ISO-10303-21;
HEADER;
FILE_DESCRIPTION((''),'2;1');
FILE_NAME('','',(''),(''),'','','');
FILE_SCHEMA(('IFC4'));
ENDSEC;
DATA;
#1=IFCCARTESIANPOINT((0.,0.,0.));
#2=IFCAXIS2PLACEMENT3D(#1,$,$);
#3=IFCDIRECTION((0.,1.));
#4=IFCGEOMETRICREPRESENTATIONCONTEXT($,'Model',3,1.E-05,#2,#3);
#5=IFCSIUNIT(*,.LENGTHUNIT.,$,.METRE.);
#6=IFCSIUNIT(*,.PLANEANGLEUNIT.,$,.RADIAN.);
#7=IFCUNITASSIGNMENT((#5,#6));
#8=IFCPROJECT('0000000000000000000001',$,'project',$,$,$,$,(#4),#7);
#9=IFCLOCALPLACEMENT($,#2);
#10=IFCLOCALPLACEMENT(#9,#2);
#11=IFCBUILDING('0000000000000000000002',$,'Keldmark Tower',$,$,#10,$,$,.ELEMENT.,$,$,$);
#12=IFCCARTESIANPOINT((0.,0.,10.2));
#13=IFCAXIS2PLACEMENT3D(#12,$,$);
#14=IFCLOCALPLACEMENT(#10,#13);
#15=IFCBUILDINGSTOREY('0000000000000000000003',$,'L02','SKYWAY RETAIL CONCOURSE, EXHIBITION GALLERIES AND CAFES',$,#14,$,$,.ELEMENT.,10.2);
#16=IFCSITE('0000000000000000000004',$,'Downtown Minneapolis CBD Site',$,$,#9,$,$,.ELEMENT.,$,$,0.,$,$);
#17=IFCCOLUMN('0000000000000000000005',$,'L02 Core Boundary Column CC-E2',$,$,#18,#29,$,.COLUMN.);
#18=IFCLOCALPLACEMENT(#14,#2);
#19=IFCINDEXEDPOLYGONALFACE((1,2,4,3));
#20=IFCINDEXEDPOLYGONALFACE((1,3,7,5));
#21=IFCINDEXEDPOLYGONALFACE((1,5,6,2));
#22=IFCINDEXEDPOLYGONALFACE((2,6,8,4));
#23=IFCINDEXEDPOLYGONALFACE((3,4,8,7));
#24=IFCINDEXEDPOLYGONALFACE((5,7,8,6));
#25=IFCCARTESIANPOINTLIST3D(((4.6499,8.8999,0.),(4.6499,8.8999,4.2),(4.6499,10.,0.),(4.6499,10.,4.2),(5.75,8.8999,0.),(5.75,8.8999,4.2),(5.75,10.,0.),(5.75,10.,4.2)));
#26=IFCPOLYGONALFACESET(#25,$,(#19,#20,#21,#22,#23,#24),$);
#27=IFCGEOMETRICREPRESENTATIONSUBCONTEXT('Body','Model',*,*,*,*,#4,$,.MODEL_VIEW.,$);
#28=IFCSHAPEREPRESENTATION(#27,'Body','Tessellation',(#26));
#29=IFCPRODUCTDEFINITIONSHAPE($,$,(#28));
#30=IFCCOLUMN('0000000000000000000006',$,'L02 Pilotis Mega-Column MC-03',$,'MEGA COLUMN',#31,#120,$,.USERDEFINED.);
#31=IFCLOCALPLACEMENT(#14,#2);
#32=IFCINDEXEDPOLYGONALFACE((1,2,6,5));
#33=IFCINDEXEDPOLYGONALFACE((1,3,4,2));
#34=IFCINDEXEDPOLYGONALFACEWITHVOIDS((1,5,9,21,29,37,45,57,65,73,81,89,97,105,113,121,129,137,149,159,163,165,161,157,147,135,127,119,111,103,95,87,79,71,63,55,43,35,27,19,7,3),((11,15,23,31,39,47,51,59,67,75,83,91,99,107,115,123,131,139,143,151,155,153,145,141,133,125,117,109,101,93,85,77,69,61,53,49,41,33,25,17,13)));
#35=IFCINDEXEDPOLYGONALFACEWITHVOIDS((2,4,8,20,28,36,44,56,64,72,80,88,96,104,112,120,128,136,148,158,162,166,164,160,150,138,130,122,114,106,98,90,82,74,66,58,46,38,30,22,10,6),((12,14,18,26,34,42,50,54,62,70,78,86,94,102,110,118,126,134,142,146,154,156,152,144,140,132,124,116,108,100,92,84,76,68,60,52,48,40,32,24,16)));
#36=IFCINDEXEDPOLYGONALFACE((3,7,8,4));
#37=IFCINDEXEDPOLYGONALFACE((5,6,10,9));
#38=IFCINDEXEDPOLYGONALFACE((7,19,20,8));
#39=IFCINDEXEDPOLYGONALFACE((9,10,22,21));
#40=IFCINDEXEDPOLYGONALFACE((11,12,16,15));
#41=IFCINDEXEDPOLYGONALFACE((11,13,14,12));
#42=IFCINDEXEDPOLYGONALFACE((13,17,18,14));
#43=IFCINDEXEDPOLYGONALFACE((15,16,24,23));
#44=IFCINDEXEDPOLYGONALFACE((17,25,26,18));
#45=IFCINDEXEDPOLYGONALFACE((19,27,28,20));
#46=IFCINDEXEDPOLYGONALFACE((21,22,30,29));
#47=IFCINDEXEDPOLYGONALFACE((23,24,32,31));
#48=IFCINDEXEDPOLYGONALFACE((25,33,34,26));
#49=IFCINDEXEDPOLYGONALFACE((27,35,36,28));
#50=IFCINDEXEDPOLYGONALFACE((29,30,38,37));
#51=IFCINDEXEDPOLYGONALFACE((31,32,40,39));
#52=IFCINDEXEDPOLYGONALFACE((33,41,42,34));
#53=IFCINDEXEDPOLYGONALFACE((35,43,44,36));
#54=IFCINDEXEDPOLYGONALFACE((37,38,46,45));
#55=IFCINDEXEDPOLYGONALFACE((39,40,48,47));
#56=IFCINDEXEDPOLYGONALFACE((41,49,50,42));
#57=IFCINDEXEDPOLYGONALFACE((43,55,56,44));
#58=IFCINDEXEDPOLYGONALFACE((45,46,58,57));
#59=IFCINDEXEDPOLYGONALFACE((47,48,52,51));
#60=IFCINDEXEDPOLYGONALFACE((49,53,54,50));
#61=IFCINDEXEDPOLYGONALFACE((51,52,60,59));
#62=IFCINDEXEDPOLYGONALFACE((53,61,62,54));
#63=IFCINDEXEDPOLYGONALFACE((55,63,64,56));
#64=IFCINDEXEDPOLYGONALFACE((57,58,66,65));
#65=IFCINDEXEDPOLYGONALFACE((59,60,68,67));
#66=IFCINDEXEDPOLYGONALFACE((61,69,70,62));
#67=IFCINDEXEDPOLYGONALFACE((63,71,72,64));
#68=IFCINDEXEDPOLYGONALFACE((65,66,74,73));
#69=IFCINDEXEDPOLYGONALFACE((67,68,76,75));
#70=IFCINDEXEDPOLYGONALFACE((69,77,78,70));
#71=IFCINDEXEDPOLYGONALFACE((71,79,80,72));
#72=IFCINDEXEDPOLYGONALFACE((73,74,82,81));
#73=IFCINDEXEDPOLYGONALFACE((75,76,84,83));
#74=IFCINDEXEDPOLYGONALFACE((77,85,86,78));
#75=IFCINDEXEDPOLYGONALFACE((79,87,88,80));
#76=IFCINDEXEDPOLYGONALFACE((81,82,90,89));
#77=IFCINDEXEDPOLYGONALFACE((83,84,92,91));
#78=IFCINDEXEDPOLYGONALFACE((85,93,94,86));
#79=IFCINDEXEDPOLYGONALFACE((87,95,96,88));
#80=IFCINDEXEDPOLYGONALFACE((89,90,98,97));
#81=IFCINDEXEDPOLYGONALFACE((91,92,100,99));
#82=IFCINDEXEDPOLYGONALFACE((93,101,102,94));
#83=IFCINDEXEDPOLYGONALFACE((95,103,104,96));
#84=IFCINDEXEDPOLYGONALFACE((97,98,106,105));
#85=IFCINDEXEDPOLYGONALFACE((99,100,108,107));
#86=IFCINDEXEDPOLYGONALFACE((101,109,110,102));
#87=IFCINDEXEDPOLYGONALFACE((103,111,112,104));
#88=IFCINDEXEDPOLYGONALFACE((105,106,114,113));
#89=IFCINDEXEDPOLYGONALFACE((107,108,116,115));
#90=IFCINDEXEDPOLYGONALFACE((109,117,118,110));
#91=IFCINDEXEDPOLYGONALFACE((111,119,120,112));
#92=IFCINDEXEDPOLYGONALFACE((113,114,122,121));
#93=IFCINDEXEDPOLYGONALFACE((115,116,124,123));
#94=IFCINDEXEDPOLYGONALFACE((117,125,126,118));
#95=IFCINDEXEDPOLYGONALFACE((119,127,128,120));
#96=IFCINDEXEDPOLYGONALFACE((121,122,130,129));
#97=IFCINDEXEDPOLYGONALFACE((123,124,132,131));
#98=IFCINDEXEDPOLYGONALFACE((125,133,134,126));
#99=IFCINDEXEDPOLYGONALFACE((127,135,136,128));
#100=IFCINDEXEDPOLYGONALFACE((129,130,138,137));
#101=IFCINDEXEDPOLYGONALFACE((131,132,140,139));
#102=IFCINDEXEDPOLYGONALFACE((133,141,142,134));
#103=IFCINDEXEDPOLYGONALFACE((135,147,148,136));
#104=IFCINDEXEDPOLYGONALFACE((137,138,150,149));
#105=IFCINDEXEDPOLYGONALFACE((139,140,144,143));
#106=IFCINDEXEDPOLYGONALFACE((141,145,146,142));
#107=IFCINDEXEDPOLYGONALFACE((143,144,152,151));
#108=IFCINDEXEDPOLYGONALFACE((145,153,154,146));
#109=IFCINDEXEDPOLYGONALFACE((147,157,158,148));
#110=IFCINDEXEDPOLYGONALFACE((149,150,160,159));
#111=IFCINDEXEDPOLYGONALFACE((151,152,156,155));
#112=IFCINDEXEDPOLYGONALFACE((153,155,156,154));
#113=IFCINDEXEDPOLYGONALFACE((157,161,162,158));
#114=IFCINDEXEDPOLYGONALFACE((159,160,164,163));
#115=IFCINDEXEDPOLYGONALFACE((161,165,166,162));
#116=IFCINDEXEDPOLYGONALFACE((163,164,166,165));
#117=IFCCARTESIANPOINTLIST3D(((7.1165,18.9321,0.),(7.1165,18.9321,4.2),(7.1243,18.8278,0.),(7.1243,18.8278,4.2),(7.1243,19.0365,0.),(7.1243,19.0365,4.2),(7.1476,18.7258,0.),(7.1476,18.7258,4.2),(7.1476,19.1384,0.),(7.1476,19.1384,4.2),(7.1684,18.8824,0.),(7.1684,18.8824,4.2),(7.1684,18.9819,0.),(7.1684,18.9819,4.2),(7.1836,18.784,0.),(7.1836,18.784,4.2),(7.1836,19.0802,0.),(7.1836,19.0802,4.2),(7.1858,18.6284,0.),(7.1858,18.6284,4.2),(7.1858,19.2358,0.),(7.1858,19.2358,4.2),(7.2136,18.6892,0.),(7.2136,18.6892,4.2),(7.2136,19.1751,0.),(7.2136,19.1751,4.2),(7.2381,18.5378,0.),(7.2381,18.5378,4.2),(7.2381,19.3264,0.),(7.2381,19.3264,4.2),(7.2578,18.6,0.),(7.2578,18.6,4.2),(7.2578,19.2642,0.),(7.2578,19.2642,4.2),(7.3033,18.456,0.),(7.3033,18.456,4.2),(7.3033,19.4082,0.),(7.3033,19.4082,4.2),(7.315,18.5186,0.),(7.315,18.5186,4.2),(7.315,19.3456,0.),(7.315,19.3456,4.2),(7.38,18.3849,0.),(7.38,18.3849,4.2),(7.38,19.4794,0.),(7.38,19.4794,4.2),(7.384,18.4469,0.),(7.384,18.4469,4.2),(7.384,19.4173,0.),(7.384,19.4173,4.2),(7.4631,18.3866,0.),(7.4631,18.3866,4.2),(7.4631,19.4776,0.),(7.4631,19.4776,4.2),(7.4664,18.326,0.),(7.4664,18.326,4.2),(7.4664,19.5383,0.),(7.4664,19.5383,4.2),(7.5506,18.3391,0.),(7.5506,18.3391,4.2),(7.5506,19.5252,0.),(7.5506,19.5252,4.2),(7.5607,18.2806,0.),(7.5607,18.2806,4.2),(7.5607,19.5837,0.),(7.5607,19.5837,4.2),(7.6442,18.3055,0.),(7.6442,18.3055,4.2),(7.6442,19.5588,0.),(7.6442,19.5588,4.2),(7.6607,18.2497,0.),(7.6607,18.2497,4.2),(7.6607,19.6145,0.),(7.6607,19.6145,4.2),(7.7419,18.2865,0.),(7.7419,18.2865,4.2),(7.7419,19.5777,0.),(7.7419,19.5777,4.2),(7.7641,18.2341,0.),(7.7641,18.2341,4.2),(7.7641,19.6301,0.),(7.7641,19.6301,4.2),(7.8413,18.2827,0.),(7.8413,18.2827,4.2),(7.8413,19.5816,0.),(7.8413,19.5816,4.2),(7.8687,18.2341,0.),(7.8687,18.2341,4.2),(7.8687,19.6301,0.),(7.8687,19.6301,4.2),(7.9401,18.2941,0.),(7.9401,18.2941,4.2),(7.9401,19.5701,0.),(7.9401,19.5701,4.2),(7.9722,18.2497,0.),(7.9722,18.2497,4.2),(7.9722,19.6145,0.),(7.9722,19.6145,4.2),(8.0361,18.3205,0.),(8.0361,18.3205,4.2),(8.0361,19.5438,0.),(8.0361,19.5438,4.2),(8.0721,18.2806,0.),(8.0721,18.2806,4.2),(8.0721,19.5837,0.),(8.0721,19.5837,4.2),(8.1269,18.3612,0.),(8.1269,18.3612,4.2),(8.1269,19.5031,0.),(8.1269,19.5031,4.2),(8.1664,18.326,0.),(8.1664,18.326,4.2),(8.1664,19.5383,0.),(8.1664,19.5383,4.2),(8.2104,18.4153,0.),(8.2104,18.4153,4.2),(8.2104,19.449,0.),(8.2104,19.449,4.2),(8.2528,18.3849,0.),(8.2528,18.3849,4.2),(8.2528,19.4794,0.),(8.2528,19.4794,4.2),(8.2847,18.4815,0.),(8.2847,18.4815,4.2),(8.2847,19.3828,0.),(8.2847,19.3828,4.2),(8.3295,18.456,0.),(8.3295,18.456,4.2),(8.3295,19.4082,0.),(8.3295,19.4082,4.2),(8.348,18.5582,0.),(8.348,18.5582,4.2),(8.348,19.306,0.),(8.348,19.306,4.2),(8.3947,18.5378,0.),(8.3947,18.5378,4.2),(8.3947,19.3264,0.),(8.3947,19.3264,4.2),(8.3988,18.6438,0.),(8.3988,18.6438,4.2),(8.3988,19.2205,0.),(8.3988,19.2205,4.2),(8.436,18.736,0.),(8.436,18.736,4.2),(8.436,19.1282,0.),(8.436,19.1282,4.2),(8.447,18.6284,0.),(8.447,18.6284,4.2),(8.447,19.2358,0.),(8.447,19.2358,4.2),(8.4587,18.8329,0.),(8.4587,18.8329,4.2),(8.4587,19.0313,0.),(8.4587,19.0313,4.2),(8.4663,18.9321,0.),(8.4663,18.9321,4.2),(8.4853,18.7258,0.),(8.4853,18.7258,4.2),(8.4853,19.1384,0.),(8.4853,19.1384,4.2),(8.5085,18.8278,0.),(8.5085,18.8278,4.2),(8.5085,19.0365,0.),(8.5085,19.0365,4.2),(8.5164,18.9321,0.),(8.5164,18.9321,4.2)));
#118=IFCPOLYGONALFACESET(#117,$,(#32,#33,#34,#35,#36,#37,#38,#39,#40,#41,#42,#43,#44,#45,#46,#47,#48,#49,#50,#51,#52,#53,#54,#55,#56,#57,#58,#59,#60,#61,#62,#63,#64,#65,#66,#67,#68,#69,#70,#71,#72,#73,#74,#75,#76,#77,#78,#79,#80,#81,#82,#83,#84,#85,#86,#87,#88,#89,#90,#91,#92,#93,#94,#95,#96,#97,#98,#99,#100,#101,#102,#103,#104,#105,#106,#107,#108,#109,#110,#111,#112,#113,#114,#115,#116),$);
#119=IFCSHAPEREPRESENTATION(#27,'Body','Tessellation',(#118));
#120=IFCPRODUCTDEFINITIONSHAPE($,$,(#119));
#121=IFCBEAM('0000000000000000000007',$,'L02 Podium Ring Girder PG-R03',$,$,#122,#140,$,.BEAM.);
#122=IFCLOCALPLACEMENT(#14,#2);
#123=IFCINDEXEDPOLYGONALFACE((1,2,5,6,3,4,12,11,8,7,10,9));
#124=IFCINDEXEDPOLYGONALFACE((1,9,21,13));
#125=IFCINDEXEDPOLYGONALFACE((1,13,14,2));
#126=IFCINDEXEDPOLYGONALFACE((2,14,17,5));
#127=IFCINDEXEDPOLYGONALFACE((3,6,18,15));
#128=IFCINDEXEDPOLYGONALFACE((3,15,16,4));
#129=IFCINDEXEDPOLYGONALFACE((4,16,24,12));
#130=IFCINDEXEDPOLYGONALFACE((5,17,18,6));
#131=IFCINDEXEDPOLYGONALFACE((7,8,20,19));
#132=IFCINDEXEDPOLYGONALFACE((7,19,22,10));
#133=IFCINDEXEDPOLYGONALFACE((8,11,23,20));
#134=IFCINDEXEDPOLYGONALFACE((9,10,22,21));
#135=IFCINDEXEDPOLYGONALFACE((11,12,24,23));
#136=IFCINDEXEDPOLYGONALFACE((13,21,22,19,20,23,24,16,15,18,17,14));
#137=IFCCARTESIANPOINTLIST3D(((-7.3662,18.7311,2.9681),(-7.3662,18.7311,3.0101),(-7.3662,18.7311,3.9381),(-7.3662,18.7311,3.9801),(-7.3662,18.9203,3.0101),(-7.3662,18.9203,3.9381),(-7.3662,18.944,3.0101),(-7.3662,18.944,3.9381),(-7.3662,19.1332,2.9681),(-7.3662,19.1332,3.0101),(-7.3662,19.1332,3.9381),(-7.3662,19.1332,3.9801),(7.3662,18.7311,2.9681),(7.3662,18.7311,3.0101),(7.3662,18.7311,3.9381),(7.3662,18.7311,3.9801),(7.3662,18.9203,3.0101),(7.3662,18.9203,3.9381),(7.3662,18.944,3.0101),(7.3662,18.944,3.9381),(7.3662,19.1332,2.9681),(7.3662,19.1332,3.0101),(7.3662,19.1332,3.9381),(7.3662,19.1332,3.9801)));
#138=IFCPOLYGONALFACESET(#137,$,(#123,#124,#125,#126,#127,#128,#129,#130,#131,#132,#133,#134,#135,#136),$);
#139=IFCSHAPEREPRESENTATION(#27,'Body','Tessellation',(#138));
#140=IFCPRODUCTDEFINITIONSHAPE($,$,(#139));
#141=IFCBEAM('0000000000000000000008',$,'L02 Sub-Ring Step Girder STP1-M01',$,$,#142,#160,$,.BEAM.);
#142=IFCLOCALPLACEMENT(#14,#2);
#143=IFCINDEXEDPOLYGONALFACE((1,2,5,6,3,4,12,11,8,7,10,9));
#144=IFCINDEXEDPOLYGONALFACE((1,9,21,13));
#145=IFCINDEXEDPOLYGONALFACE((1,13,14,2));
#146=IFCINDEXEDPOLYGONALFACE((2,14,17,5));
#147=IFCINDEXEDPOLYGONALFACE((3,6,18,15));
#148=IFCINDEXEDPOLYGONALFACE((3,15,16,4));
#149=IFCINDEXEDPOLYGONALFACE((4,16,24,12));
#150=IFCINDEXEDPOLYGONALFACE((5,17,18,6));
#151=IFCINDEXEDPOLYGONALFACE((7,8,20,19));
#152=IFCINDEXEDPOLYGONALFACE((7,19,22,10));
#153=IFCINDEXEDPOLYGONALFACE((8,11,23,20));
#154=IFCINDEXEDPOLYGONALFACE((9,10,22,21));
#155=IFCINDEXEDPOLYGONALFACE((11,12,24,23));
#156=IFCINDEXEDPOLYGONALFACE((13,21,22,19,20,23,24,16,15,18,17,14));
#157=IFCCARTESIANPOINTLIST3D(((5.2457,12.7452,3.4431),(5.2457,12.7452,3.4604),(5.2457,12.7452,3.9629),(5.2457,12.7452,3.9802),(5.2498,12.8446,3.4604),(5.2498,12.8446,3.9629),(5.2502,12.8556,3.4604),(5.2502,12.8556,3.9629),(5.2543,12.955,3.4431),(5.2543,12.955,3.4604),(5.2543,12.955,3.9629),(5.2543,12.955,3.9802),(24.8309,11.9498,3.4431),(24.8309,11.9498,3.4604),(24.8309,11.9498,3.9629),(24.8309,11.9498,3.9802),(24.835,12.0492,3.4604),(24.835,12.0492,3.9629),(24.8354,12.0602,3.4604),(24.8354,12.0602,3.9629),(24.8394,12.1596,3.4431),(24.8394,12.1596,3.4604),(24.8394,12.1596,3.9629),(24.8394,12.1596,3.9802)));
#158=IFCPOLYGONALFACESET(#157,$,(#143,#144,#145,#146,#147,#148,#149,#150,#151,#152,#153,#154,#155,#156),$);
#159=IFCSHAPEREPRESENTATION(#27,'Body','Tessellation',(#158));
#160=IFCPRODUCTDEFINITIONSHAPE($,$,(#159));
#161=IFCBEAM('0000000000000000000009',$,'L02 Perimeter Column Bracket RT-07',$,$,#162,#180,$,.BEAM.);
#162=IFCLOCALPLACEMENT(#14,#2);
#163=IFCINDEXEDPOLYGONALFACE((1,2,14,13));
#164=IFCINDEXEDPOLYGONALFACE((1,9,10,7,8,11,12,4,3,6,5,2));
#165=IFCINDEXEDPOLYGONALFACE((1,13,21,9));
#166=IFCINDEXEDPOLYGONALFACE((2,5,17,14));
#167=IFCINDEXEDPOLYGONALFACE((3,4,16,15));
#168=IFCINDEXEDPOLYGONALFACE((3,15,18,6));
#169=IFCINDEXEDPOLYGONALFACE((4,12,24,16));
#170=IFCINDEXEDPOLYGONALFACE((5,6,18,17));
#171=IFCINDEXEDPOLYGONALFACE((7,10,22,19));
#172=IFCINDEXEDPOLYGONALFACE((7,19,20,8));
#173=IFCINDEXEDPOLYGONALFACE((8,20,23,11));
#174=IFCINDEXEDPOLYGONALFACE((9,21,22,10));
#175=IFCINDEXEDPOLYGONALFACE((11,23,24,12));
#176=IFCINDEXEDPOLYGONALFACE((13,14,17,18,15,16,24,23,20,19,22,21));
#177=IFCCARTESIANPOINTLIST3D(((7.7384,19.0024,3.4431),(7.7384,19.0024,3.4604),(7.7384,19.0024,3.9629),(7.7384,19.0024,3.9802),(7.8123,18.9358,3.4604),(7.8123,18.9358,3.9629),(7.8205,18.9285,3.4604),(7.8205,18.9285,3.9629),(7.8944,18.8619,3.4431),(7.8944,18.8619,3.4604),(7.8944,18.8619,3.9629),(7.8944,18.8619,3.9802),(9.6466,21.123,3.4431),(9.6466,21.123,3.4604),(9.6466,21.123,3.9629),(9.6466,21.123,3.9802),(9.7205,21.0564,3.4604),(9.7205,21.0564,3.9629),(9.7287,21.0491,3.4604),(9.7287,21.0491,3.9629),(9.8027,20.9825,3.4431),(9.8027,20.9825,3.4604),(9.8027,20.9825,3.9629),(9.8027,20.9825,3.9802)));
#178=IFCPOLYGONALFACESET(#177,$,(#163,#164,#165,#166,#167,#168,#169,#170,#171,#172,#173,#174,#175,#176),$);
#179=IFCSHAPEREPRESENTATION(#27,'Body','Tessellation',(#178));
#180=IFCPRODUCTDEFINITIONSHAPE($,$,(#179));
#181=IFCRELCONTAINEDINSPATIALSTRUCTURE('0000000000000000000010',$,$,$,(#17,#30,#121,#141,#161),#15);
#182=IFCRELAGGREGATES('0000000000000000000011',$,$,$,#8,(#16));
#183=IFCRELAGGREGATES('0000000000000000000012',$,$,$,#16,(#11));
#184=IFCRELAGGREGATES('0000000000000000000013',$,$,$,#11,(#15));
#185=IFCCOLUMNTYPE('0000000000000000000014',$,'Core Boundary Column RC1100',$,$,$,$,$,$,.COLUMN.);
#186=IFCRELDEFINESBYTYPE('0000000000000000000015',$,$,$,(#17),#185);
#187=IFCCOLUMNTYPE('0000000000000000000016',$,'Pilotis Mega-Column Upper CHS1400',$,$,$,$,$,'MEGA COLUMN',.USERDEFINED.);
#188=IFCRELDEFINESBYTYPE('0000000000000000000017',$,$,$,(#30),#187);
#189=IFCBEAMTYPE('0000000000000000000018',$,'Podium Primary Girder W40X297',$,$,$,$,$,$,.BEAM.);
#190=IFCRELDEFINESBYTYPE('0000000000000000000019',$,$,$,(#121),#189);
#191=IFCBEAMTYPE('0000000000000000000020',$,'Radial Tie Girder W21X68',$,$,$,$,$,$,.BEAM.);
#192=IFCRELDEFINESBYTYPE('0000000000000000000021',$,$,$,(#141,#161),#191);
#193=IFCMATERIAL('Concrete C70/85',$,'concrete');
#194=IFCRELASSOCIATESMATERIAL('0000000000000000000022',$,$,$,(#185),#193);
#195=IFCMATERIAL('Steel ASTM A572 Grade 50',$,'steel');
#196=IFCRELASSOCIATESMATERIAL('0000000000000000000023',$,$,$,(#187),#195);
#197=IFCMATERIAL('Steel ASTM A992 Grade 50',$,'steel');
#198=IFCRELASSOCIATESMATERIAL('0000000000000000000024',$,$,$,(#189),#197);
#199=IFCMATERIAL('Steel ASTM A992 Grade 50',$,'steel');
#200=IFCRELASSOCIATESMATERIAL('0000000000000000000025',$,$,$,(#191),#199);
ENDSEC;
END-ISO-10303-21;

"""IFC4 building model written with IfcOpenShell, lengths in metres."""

from ifc_helpers import new_model, si_unit, direction, frame, origin, origin_2d, place, context, subcontext, project, spatial, rectangle, hollow_circle, i_section, extrude, material, material_profile, profile_set, type_object, element, save


model = new_model("IFC4")

# Units and contexts
model_context = context("Model", 3, precision=1e-05, world=origin(), true_north=direction((0.0, 1.0)))
body_context = subcontext(model_context, "Body", "Model", "MODEL_VIEW")
ifc_project = project(units=[si_unit("LENGTHUNIT", "METRE"), si_unit("PLANEANGLEUNIT", "RADIAN")], contexts=[model_context])

# Site, building, storey
site_placement = place(None, origin())
site = spatial("IfcSite", under=ifc_project, at=site_placement, Name="Downtown Minneapolis CBD Site", CompositionType="ELEMENT", RefElevation=0.0)
building_placement = place(site_placement, origin())
building = spatial("IfcBuilding", under=site, at=building_placement, Name="Keldmark Tower", CompositionType="ELEMENT")
storey_placement = place(building_placement, frame((0.0, 0.0, 10.2)))
storey = spatial("IfcBuildingStorey", under=building, at=storey_placement, Name="L02", Description="SKYWAY RETAIL CONCOURSE, EXHIBITION GALLERIES AND CAFES", CompositionType="ELEMENT", Elevation=10.2)

# Columns
ifc_material_1 = material(Name="Concrete C70/85", Category="concrete")
ifc_material_profile_1 = material_profile(ifc_material_1, rectangle(XDim=1.1001, YDim=1.1001, at=origin_2d()), Name="RC1100X1100")
ifc_profile_set_1 = profile_set([ifc_material_profile_1], Name="Concrete C70/85")
column_type_1 = type_object("IfcColumnType", Name="Core Boundary Column RC1100", PredefinedType="COLUMN", material=ifc_profile_set_1)
column_1_placement = place(storey_placement, frame((5.2, 9.45, 0.0), z_axis=(0.0, 0.0, 1.0), x_axis=(1.0, 0.0, 0.0)))
element("IfcColumn", 1, at=column_1_placement, inside=storey, type_object=column_type_1, Name="L02 Core Boundary Column CC-E2", PredefinedType="COLUMN", context=body_context, shape_type="SweptSolid", body=[
    extrude(rectangle(XDim=1.1001, YDim=1.1001, at=origin_2d()), origin(), (0.0, 0.0, 1.0), 4.2),
])
ifc_material_2 = material(Name="Steel ASTM A572 Grade 50", Category="steel")
ifc_material_profile_2 = material_profile(ifc_material_2, hollow_circle(Radius=0.7, WallThickness=0.05, at=origin_2d()), Name="CHS1400X50")
ifc_profile_set_2 = profile_set([ifc_material_profile_2], Name="Steel ASTM A572 Grade 50")
column_type_2 = type_object("IfcColumnType", Name="Pilotis Mega-Column Upper CHS1400", ElementType="MEGA COLUMN", PredefinedType="USERDEFINED", material=ifc_profile_set_2)
column_2_placement = place(storey_placement, frame((7.8164, 18.9321, 0.0), z_axis=(0.0, 0.0, 1.0), x_axis=(1.0, 0.0, 0.0)))
element("IfcColumn", 2, at=column_2_placement, inside=storey, type_object=column_type_2, Name="L02 Pilotis Mega-Column MC-03", ObjectType="MEGA COLUMN", PredefinedType="USERDEFINED", context=body_context, shape_type="SweptSolid", body=[
    extrude(hollow_circle(Radius=0.7, WallThickness=0.05, at=origin_2d()), origin(), (0.0, 0.0, 1.0), 4.2),
])

# Beams
ifc_material_3 = material(Name="Steel ASTM A992 Grade 50", Category="steel")
ifc_material_profile_3 = material_profile(ifc_material_3, i_section(OverallWidth=0.4021, OverallDepth=1.012, WebThickness=0.0237, FlangeThickness=0.042, at=origin_2d()), Name="W40X297")
ifc_profile_set_3 = profile_set([ifc_material_profile_3], Name="Steel ASTM A992 Grade 50")
beam_type_1 = type_object("IfcBeamType", Name="Podium Primary Girder W40X297", PredefinedType="BEAM", material=ifc_profile_set_3)
beam_1_placement = place(storey_placement, frame((7.3662, 18.9321, 3.4741), z_axis=(-1.0, 0.0, 0.0), x_axis=(0.0, -1.0, 0.0)))
element("IfcBeam", 3, at=beam_1_placement, inside=storey, type_object=beam_type_1, Name="L02 Podium Ring Girder PG-R03", PredefinedType="BEAM", context=body_context, shape_type="SweptSolid", body=[
    extrude(i_section(OverallWidth=0.4021, OverallDepth=1.012, WebThickness=0.0237, FlangeThickness=0.042, at=origin_2d()), origin(), (0.0, 0.0, 1.0), 14.7324),
])
ifc_material_4 = material(Name="Steel ASTM A992 Grade 50", Category="steel")
ifc_material_profile_4 = material_profile(ifc_material_4, i_section(OverallWidth=0.21, OverallDepth=0.5371, WebThickness=0.011, FlangeThickness=0.0173, at=origin_2d()), Name="W21X68")
ifc_profile_set_4 = profile_set([ifc_material_profile_4], Name="Steel ASTM A992 Grade 50")
beam_type_2 = type_object("IfcBeamType", Name="Radial Tie Girder W21X68", PredefinedType="BEAM", material=ifc_profile_set_4)
beam_2_placement = place(storey_placement, frame((5.25, 12.8501, 3.7117), z_axis=(0.999176, -0.040579, 0.0), x_axis=(0.040579, 0.999176, 0.0)))
element("IfcBeam", 4, at=beam_2_placement, inside=storey, type_object=beam_type_2, Name="L02 Sub-Ring Step Girder STP1-M01", PredefinedType="BEAM", context=body_context, shape_type="SweptSolid", body=[
    extrude(i_section(OverallWidth=0.21, OverallDepth=0.5371, WebThickness=0.011, FlangeThickness=0.0173, at=origin_2d()), origin(), (0.0, 0.0, 1.0), 19.6013),
])
beam_3_placement = place(storey_placement, frame((7.8164, 18.9321, 3.7117), z_axis=(0.668899, 0.743354, 0.0), x_axis=(-0.743354, 0.668899, 0.0)))
element("IfcBeam", 5, at=beam_3_placement, inside=storey, type_object=beam_type_2, Name="L02 Perimeter Column Bracket RT-07", PredefinedType="BEAM", context=body_context, shape_type="SweptSolid", body=[
    extrude(i_section(OverallWidth=0.21, OverallDepth=0.5371, WebThickness=0.011, FlangeThickness=0.0173, at=origin_2d()), origin(), (0.0, 0.0, 1.0), 2.8528),
])

save(model, "model.ifc")
